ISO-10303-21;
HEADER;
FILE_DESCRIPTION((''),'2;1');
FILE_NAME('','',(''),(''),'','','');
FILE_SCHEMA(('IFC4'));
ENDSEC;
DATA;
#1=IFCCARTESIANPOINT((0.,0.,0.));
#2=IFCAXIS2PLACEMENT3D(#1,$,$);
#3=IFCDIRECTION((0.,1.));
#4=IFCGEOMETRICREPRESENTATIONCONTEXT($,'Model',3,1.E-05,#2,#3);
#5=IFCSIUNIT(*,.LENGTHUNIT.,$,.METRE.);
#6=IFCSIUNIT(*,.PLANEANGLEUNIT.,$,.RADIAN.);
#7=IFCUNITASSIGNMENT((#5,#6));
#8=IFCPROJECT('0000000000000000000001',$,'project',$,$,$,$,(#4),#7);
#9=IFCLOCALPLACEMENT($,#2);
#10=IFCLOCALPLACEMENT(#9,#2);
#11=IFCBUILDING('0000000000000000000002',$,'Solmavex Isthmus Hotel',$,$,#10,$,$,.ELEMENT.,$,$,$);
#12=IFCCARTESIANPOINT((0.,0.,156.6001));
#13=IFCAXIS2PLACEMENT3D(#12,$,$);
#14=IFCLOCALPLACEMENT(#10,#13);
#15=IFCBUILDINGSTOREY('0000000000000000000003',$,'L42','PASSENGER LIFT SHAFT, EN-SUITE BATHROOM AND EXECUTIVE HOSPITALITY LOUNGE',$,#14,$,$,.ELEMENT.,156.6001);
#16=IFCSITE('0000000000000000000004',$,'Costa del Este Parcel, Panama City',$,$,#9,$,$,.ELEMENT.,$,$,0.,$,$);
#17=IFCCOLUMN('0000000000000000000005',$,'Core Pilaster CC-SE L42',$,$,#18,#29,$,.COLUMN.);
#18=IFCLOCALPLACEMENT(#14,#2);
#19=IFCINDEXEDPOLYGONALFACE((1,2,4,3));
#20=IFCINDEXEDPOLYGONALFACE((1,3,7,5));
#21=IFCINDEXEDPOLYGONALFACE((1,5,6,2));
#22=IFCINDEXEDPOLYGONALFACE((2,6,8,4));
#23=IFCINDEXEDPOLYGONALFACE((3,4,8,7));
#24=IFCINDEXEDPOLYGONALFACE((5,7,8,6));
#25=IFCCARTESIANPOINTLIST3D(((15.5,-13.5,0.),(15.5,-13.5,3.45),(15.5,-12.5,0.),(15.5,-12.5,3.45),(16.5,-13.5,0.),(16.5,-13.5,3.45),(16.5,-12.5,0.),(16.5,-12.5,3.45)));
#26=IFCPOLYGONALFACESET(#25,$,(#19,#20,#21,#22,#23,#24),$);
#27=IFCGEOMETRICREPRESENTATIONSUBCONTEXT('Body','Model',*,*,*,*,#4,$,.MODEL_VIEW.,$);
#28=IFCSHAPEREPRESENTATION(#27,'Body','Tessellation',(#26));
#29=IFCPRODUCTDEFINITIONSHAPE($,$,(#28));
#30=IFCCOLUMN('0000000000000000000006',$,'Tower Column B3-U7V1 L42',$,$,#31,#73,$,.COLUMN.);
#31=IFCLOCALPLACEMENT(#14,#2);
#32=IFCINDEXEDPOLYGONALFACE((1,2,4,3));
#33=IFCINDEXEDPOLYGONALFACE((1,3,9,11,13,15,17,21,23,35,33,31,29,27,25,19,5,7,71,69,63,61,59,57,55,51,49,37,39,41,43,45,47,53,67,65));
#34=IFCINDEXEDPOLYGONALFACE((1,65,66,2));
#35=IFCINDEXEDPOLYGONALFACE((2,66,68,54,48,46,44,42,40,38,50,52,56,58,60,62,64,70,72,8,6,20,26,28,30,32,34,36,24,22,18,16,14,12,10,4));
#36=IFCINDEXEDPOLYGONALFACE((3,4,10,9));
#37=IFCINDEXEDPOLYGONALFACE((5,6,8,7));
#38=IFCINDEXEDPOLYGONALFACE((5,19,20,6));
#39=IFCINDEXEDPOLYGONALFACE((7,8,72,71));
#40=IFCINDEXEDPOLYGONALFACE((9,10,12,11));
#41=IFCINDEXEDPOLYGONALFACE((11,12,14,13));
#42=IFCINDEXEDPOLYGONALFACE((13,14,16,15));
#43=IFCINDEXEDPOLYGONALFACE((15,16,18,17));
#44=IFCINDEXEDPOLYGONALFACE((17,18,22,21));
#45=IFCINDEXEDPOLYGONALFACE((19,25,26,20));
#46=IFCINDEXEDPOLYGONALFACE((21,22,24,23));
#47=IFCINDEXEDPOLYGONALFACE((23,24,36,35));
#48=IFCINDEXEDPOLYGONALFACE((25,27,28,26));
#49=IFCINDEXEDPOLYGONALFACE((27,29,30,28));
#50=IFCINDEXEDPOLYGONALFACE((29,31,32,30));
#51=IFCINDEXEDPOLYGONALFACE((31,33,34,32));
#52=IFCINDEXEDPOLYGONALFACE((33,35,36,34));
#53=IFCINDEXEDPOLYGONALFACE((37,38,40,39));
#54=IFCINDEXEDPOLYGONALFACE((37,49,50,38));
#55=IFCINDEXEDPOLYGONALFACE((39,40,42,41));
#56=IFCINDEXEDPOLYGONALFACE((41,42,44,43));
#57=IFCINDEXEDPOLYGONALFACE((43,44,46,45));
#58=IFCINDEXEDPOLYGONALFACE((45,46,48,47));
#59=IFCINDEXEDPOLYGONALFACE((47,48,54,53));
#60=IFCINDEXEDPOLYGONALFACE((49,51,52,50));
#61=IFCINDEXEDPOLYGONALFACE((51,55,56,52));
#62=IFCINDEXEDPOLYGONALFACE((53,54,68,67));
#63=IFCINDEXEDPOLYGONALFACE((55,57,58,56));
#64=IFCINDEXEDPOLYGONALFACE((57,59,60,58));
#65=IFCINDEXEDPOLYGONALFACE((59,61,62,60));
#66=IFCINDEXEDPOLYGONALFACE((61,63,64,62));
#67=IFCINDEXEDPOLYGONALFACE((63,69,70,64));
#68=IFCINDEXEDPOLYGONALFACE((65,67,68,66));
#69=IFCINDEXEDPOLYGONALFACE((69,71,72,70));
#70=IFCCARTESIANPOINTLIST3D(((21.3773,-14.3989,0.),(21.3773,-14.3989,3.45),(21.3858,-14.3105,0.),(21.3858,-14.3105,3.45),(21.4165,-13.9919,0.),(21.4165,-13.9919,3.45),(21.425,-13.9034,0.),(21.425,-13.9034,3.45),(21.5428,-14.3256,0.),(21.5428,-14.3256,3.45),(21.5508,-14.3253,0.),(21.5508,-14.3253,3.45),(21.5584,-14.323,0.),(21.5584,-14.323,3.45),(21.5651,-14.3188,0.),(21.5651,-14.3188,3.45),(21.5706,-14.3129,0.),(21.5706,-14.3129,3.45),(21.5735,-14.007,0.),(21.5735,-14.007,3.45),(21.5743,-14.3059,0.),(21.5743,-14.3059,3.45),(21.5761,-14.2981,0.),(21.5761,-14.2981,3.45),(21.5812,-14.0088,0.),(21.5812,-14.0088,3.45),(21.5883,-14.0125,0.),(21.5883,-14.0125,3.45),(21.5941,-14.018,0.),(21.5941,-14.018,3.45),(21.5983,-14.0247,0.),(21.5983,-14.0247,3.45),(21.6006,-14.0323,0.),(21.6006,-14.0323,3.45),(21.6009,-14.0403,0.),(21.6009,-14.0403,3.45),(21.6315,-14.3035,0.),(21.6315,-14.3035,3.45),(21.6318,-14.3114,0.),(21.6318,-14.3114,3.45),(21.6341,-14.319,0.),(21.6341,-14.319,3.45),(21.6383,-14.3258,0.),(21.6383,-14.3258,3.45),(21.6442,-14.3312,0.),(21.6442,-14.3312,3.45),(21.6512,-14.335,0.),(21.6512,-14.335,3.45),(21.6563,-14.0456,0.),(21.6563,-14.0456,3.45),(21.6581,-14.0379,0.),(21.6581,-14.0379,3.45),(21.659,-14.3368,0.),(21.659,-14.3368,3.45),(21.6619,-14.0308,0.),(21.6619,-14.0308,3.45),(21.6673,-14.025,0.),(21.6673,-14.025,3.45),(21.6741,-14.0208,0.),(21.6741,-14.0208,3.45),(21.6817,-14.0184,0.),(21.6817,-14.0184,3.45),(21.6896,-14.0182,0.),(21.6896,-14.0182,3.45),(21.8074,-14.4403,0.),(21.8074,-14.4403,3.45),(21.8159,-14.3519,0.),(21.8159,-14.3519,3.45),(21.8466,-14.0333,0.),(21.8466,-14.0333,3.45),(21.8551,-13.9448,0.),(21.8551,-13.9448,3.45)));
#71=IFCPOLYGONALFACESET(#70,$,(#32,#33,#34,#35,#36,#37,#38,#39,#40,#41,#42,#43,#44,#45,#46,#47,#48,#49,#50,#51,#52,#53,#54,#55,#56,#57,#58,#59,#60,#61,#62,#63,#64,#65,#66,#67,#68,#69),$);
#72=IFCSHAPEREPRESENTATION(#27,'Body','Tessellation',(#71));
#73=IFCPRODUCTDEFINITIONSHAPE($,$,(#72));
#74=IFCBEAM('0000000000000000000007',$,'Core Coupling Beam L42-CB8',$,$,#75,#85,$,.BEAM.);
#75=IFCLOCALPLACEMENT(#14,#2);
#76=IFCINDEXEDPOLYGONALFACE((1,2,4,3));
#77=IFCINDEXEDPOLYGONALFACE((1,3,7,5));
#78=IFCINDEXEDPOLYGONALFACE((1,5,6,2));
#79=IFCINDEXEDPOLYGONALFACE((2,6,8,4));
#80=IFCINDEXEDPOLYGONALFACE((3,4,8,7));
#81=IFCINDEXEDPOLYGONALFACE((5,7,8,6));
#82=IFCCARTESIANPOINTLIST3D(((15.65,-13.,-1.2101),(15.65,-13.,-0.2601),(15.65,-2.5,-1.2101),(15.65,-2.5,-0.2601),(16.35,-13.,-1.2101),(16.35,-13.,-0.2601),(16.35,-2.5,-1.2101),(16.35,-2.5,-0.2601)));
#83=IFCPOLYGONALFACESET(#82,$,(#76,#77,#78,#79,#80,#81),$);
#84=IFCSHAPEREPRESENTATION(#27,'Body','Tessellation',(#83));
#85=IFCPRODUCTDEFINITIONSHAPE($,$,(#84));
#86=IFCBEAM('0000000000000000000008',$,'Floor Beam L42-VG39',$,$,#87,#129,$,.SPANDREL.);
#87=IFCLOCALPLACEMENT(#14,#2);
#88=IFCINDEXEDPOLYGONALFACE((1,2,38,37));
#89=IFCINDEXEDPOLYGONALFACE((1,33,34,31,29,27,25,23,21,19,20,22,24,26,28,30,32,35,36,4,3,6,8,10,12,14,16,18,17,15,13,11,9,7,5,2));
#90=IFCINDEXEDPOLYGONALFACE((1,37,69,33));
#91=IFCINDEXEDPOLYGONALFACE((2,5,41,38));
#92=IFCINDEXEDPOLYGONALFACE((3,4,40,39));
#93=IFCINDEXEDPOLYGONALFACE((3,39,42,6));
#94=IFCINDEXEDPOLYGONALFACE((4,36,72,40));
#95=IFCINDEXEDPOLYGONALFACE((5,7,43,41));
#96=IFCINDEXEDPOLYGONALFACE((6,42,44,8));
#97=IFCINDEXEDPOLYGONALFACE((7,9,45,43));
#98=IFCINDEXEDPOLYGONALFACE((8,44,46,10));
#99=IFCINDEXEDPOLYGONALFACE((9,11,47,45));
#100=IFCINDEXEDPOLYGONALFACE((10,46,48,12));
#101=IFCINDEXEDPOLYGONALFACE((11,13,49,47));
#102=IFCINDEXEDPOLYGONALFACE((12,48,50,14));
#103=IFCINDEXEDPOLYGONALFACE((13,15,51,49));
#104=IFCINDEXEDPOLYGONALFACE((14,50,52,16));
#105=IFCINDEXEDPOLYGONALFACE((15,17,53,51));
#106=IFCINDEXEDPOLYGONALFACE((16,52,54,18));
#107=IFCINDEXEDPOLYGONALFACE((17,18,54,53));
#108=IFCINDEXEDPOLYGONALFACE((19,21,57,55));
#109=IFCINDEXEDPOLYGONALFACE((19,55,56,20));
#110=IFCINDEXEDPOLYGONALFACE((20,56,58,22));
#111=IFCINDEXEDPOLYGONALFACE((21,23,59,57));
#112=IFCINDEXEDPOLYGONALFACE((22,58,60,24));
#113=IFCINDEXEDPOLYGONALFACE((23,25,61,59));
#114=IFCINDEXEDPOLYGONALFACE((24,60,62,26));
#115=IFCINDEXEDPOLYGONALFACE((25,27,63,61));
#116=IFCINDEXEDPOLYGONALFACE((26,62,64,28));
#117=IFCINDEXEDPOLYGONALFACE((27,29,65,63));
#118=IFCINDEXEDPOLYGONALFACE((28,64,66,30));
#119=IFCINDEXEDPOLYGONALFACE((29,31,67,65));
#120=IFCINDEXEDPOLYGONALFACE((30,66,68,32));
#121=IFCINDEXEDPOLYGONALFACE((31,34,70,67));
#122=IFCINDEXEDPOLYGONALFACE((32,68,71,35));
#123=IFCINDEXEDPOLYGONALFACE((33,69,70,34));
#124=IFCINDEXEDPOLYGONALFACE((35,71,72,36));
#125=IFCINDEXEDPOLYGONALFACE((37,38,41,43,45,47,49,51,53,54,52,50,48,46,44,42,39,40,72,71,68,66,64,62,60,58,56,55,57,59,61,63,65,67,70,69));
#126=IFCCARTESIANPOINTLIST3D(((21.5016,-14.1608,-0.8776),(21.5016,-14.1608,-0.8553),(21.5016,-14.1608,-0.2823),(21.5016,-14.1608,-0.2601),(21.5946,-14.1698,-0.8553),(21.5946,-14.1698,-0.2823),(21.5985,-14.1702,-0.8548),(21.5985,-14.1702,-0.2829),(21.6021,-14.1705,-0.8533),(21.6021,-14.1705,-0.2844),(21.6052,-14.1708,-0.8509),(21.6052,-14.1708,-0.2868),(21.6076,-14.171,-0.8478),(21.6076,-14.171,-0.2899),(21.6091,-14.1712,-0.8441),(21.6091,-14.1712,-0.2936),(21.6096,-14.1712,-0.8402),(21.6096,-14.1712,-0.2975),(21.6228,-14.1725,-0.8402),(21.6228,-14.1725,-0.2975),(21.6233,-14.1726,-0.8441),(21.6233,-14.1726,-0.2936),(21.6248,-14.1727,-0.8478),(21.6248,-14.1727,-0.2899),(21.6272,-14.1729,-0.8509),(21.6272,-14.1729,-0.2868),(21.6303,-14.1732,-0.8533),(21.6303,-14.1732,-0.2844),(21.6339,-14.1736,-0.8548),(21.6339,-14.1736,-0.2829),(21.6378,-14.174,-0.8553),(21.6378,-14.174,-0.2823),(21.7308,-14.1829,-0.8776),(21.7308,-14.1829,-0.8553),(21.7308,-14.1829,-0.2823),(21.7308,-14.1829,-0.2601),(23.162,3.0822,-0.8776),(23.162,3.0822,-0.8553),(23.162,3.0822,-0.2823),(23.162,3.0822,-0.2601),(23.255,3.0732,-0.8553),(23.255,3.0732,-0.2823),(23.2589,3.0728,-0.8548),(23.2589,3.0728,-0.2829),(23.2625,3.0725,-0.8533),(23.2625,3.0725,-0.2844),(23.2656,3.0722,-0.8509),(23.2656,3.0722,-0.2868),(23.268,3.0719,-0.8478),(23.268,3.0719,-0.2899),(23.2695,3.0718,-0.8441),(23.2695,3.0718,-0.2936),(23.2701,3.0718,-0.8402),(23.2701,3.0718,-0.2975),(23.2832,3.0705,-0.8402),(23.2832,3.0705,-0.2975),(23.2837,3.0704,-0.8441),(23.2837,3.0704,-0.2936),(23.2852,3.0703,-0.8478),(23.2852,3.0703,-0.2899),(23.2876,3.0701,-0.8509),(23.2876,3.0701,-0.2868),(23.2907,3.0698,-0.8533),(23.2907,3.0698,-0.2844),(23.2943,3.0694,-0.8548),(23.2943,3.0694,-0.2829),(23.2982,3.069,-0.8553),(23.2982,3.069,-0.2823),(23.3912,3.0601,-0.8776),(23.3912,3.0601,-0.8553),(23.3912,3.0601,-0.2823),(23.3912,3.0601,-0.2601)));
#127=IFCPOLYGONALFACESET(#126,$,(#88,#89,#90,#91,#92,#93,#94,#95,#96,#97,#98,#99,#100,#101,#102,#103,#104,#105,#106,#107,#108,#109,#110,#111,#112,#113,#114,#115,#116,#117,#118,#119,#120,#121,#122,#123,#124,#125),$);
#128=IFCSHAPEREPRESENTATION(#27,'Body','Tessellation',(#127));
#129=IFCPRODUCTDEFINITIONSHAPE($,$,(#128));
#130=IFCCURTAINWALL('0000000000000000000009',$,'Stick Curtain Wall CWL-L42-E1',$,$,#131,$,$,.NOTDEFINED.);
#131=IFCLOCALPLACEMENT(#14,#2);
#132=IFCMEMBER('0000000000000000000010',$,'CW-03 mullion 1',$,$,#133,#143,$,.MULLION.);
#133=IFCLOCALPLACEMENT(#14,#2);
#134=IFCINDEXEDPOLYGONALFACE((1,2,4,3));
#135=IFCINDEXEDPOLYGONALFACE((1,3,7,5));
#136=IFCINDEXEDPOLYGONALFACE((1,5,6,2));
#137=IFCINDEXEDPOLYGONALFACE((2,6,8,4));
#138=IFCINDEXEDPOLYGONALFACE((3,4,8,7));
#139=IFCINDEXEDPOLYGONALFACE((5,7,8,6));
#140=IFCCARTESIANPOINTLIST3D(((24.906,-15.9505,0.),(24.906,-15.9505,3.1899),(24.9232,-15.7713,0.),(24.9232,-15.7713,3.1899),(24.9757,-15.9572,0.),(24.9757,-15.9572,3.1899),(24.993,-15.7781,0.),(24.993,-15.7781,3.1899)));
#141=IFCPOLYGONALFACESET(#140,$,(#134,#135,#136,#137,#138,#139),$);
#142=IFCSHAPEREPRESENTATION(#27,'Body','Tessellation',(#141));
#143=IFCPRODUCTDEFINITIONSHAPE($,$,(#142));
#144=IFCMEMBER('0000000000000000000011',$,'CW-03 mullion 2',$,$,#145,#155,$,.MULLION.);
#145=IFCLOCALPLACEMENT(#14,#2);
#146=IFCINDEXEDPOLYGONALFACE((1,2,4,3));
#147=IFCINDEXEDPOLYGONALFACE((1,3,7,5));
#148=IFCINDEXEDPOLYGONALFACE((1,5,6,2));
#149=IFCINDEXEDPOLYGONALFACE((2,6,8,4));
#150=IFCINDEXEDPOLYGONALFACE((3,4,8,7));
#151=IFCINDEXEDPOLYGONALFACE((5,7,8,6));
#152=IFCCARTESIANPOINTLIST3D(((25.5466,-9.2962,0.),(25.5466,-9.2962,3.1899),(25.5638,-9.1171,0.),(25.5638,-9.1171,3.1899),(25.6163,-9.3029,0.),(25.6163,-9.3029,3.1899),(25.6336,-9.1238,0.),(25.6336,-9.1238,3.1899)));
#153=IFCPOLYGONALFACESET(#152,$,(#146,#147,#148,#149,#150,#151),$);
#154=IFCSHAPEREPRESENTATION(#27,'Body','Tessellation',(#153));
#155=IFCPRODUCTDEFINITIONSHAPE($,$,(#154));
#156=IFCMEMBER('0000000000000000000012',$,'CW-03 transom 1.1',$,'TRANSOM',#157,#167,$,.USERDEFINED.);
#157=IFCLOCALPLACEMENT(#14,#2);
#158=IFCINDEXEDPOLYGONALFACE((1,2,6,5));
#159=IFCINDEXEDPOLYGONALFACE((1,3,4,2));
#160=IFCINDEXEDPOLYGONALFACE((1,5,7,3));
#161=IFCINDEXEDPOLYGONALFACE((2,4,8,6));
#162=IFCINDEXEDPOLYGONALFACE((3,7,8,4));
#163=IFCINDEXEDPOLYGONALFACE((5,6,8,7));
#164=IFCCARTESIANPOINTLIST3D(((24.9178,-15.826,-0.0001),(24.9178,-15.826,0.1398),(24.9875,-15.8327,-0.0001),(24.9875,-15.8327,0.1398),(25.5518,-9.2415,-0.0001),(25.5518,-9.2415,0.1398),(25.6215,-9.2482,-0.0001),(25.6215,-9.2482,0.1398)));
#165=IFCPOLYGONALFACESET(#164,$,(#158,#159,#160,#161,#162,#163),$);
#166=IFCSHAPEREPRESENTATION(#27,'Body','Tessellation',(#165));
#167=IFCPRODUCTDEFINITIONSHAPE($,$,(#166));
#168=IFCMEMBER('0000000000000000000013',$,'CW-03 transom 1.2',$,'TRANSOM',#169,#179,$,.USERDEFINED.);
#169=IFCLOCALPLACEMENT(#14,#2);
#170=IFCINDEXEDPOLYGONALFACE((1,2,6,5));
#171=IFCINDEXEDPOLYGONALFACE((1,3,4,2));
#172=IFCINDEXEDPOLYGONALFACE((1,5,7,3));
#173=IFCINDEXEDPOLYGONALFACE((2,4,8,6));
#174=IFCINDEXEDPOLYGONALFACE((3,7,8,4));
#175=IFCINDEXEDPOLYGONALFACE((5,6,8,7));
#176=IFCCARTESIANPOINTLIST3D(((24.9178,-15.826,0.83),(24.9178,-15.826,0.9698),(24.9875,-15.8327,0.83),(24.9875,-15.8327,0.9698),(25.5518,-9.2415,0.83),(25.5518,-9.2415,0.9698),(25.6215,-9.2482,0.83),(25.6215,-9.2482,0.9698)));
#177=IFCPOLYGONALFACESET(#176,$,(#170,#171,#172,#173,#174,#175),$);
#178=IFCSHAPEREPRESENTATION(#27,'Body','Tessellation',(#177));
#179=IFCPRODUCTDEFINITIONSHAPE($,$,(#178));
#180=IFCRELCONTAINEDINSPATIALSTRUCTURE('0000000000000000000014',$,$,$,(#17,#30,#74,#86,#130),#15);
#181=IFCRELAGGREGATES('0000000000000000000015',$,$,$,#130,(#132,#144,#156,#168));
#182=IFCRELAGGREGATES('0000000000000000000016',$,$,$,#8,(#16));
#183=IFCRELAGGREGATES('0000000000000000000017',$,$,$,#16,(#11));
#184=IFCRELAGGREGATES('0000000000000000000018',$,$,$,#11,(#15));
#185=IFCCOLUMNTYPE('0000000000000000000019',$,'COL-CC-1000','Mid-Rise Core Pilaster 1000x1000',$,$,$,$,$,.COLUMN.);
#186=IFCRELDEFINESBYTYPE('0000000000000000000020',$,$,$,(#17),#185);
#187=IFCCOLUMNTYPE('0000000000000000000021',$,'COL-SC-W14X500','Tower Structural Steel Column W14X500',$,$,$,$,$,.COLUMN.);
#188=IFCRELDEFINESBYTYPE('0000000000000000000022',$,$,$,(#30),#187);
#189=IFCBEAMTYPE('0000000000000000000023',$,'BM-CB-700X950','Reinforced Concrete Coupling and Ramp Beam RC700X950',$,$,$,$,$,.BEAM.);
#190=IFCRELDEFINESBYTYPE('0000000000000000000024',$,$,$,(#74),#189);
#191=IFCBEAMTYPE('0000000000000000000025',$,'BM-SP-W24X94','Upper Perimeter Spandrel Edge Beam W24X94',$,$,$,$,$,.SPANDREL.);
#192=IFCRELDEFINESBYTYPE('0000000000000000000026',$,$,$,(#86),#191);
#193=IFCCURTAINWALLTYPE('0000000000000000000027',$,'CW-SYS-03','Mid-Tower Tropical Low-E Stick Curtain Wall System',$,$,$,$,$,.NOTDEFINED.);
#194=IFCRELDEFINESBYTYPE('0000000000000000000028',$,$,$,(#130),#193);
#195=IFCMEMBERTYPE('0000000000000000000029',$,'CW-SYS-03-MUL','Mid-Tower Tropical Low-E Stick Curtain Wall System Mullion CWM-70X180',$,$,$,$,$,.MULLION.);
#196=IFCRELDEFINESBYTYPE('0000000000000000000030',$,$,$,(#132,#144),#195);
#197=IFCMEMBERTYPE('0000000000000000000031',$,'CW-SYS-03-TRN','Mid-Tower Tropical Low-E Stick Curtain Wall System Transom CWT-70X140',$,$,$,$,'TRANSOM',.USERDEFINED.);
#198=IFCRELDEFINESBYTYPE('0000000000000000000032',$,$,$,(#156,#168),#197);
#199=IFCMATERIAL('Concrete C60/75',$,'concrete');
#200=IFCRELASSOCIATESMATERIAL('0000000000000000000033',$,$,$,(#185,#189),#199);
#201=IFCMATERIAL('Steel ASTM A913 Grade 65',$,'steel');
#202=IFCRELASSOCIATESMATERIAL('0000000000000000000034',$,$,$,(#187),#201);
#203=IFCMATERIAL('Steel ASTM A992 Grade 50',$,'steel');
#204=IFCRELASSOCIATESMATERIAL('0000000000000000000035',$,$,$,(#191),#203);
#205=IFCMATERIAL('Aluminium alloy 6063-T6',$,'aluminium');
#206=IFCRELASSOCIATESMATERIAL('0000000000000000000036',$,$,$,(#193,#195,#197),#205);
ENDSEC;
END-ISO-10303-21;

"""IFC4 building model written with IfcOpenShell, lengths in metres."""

from ifc_helpers import new_model, si_unit, direction, frame, origin, origin_2d, place, context, subcontext, project, spatial, rectangle, i_section, extrude, material, material_profile, profile_set, type_object, element, aggregate, save


model = new_model("IFC4")

# Units and contexts
model_context = context("Model", 3, precision=1e-05, world=origin(), true_north=direction((0.0, 1.0)))
body_context = subcontext(model_context, "Body", "Model", "MODEL_VIEW")
ifc_project = project(units=[si_unit("LENGTHUNIT", "METRE"), si_unit("PLANEANGLEUNIT", "RADIAN")], contexts=[model_context])

# Site, building, storey
site_placement = place(None, origin())
site = spatial("IfcSite", under=ifc_project, at=site_placement, Name="Costa del Este Parcel, Panama City", CompositionType="ELEMENT", RefElevation=0.0)
building_placement = place(site_placement, origin())
building = spatial("IfcBuilding", under=site, at=building_placement, Name="Solmavex Isthmus Hotel", CompositionType="ELEMENT")
storey_placement = place(building_placement, frame((0.0, 0.0, 156.6001)))
storey = spatial("IfcBuildingStorey", under=building, at=storey_placement, Name="L42", Description="PASSENGER LIFT SHAFT, EN-SUITE BATHROOM AND EXECUTIVE HOSPITALITY LOUNGE", CompositionType="ELEMENT", Elevation=156.6001)

# Columns
ifc_material_1 = material(Name="Concrete C60/75", Category="concrete")
ifc_material_profile_1 = material_profile(ifc_material_1, rectangle(XDim=1.0, YDim=1.0, at=origin_2d()), Name="RC1000X1000")
ifc_profile_set_1 = profile_set([ifc_material_profile_1], Name="Concrete C60/75")
column_type_1 = type_object("IfcColumnType", Name="COL-CC-1000", Description="Mid-Rise Core Pilaster 1000x1000", PredefinedType="COLUMN", material=ifc_profile_set_1)
column_1_placement = place(storey_placement, frame((16.0, -13.0, 0.0), z_axis=(0.0, 0.0, 1.0), x_axis=(1.0, 0.0, 0.0)))
element("IfcColumn", 1, at=column_1_placement, inside=storey, type_object=column_type_1, Name="Core Pilaster CC-SE L42", PredefinedType="COLUMN", context=body_context, shape_type="SweptSolid", body=[
    extrude(rectangle(XDim=1.0, YDim=1.0, at=origin_2d()), origin(), (0.0, 0.0, 1.0), 3.45),
])
ifc_material_2 = material(Name="Steel ASTM A913 Grade 65", Category="steel")
ifc_material_profile_2 = material_profile(ifc_material_2, i_section(OverallWidth=0.4321, OverallDepth=0.4978, WebThickness=0.0557, FlangeThickness=0.0889, FilletRadius=0.0305, at=origin_2d()), Name="W14X500")
ifc_profile_set_2 = profile_set([ifc_material_profile_2], Name="Steel ASTM A913 Grade 65")
column_type_2 = type_object("IfcColumnType", Name="COL-SC-W14X500", Description="Tower Structural Steel Column W14X500", PredefinedType="COLUMN", material=ifc_profile_set_2)
column_2_placement = place(storey_placement, frame((21.6162, -14.1719, 0.0), z_axis=(0.0, 0.0, 1.0), x_axis=(0.995396, -0.095846, 0.0)))
element("IfcColumn", 2, at=column_2_placement, inside=storey, type_object=column_type_2, Name="Tower Column B3-U7V1 L42", PredefinedType="COLUMN", context=body_context, shape_type="SweptSolid", body=[
    extrude(i_section(OverallWidth=0.4321, OverallDepth=0.4978, WebThickness=0.0557, FlangeThickness=0.0889, FilletRadius=0.0305, at=origin_2d()), origin(), (0.0, 0.0, 1.0), 3.45),
])

# Beams
ifc_material_profile_3 = material_profile(ifc_material_1, rectangle(XDim=0.7, YDim=0.95, at=origin_2d()), Name="RC700X950")
ifc_profile_set_3 = profile_set([ifc_material_profile_3], Name="Concrete C60/75")
beam_type_1 = type_object("IfcBeamType", Name="BM-CB-700X950", Description="Reinforced Concrete Coupling and Ramp Beam RC700X950", PredefinedType="BEAM", material=ifc_profile_set_3)
beam_1_placement = place(storey_placement, frame((16.0, -13.0, -0.7351), z_axis=(0.0, 1.0, 0.0), x_axis=(-1.0, 0.0, 0.0)))
element("IfcBeam", 3, at=beam_1_placement, inside=storey, type_object=beam_type_1, Name="Core Coupling Beam L42-CB8", PredefinedType="BEAM", context=body_context, shape_type="SweptSolid", body=[
    extrude(rectangle(XDim=0.7, YDim=0.95, at=origin_2d()), origin(), (0.0, 0.0, 1.0), 10.5),
])
ifc_material_3 = material(Name="Steel ASTM A992 Grade 50", Category="steel")
ifc_material_profile_4 = material_profile(ifc_material_3, i_section(OverallWidth=0.2302, OverallDepth=0.6174, WebThickness=0.0132, FlangeThickness=0.0222, FilletRadius=0.0151, at=origin_2d()), Name="W24X94")
ifc_profile_set_4 = profile_set([ifc_material_profile_4], Name="Steel ASTM A992 Grade 50")
beam_type_2 = type_object("IfcBeamType", Name="BM-SP-W24X94", Description="Upper Perimeter Spandrel Edge Beam W24X94", PredefinedType="SPANDREL", material=ifc_profile_set_4)
beam_2_placement = place(storey_placement, frame((21.6162, -14.1719, -0.5688), z_axis=(0.095851, 0.995396, 0.0), x_axis=(-0.995396, 0.095851, 0.0)))
element("IfcBeam", 4, at=beam_2_placement, inside=storey, type_object=beam_type_2, Name="Floor Beam L42-VG39", PredefinedType="SPANDREL", context=body_context, shape_type="SweptSolid", body=[
    extrude(i_section(OverallWidth=0.2302, OverallDepth=0.6174, WebThickness=0.0132, FlangeThickness=0.0222, FilletRadius=0.0151, at=origin_2d()), origin(), (0.0, 0.0, 1.0), 17.3228),
])

# Curtain wall, members
ifc_material_4 = material(Name="Aluminium alloy 6063-T6", Category="aluminium")
curtain_wall_type = type_object("IfcCurtainWallType", Name="CW-SYS-03", Description="Mid-Tower Tropical Low-E Stick Curtain Wall System", PredefinedType="NOTDEFINED", material=ifc_material_4)
curtain_wall_placement = place(storey_placement, origin())
curtain_wall = element("IfcCurtainWall", 5, at=curtain_wall_placement, inside=storey, type_object=curtain_wall_type, Name="Stick Curtain Wall CWL-L42-E1", PredefinedType="NOTDEFINED")
ifc_material_profile_5 = material_profile(ifc_material_4, rectangle(XDim=0.0701, YDim=0.1799, at=origin_2d()), Name="CWM-70X180")
ifc_profile_set_5 = profile_set([ifc_material_profile_5], Name="Aluminium alloy 6063-T6")
member_type_1 = type_object("IfcMemberType", Name="CW-SYS-03-MUL", Description="Mid-Tower Tropical Low-E Stick Curtain Wall System Mullion CWM-70X180", PredefinedType="MULLION", material=ifc_profile_set_5)
member_1_placement = place(storey_placement, frame((24.9495, -15.8643, 0.0), z_axis=(0.0, 0.0, 1.0), x_axis=(-0.995396, 0.095846, 0.0)))
member_1 = element("IfcMember", 6, at=member_1_placement, type_object=member_type_1, Name="CW-03 mullion 1", PredefinedType="MULLION", context=body_context, shape_type="SweptSolid", body=[
    extrude(rectangle(XDim=0.0701, YDim=0.1799, at=origin_2d()), origin(), (0.0, 0.0, 1.0), 3.1899),
])
member_2_placement = place(storey_placement, frame((25.5901, -9.21, 0.0), z_axis=(0.0, 0.0, 1.0), x_axis=(-0.995396, 0.095846, 0.0)))
member_2 = element("IfcMember", 7, at=member_2_placement, type_object=member_type_1, Name="CW-03 mullion 2", PredefinedType="MULLION", context=body_context, shape_type="SweptSolid", body=[
    extrude(rectangle(XDim=0.0701, YDim=0.1799, at=origin_2d()), origin(), (0.0, 0.0, 1.0), 3.1899),
])
ifc_material_profile_6 = material_profile(ifc_material_4, rectangle(XDim=0.0701, YDim=0.1399, at=origin_2d()), Name="CWT-70X140")
ifc_profile_set_6 = profile_set([ifc_material_profile_6], Name="Aluminium alloy 6063-T6")
member_type_2 = type_object("IfcMemberType", Name="CW-SYS-03-TRN", Description="Mid-Tower Tropical Low-E Stick Curtain Wall System Transom CWT-70X140", ElementType="TRANSOM", PredefinedType="USERDEFINED", material=ifc_profile_set_6)
member_3_placement = place(storey_placement, frame((24.9526, -15.8293, 0.0698), z_axis=(0.095849, 0.995396, 0.0), x_axis=(-0.995396, 0.095849, 0.0)))
member_3 = element("IfcMember", 8, at=member_3_placement, type_object=member_type_2, Name="CW-03 transom 1.1", ObjectType="TRANSOM", PredefinedType="USERDEFINED", context=body_context, shape_type="SweptSolid", body=[
    extrude(rectangle(XDim=0.0701, YDim=0.1399, at=origin_2d()), origin(), (0.0, 0.0, 1.0), 6.615),
])
member_4_placement = place(storey_placement, frame((24.9526, -15.8293, 0.8999), z_axis=(0.095849, 0.995396, 0.0), x_axis=(-0.995396, 0.095849, 0.0)))
member_4 = element("IfcMember", 9, at=member_4_placement, type_object=member_type_2, Name="CW-03 transom 1.2", ObjectType="TRANSOM", PredefinedType="USERDEFINED", context=body_context, shape_type="SweptSolid", body=[
    extrude(rectangle(XDim=0.0701, YDim=0.1399, at=origin_2d()), origin(), (0.0, 0.0, 1.0), 6.615),
])
aggregate(curtain_wall, [member_1, member_2, member_3, member_4])

save(model, "model.ifc")
